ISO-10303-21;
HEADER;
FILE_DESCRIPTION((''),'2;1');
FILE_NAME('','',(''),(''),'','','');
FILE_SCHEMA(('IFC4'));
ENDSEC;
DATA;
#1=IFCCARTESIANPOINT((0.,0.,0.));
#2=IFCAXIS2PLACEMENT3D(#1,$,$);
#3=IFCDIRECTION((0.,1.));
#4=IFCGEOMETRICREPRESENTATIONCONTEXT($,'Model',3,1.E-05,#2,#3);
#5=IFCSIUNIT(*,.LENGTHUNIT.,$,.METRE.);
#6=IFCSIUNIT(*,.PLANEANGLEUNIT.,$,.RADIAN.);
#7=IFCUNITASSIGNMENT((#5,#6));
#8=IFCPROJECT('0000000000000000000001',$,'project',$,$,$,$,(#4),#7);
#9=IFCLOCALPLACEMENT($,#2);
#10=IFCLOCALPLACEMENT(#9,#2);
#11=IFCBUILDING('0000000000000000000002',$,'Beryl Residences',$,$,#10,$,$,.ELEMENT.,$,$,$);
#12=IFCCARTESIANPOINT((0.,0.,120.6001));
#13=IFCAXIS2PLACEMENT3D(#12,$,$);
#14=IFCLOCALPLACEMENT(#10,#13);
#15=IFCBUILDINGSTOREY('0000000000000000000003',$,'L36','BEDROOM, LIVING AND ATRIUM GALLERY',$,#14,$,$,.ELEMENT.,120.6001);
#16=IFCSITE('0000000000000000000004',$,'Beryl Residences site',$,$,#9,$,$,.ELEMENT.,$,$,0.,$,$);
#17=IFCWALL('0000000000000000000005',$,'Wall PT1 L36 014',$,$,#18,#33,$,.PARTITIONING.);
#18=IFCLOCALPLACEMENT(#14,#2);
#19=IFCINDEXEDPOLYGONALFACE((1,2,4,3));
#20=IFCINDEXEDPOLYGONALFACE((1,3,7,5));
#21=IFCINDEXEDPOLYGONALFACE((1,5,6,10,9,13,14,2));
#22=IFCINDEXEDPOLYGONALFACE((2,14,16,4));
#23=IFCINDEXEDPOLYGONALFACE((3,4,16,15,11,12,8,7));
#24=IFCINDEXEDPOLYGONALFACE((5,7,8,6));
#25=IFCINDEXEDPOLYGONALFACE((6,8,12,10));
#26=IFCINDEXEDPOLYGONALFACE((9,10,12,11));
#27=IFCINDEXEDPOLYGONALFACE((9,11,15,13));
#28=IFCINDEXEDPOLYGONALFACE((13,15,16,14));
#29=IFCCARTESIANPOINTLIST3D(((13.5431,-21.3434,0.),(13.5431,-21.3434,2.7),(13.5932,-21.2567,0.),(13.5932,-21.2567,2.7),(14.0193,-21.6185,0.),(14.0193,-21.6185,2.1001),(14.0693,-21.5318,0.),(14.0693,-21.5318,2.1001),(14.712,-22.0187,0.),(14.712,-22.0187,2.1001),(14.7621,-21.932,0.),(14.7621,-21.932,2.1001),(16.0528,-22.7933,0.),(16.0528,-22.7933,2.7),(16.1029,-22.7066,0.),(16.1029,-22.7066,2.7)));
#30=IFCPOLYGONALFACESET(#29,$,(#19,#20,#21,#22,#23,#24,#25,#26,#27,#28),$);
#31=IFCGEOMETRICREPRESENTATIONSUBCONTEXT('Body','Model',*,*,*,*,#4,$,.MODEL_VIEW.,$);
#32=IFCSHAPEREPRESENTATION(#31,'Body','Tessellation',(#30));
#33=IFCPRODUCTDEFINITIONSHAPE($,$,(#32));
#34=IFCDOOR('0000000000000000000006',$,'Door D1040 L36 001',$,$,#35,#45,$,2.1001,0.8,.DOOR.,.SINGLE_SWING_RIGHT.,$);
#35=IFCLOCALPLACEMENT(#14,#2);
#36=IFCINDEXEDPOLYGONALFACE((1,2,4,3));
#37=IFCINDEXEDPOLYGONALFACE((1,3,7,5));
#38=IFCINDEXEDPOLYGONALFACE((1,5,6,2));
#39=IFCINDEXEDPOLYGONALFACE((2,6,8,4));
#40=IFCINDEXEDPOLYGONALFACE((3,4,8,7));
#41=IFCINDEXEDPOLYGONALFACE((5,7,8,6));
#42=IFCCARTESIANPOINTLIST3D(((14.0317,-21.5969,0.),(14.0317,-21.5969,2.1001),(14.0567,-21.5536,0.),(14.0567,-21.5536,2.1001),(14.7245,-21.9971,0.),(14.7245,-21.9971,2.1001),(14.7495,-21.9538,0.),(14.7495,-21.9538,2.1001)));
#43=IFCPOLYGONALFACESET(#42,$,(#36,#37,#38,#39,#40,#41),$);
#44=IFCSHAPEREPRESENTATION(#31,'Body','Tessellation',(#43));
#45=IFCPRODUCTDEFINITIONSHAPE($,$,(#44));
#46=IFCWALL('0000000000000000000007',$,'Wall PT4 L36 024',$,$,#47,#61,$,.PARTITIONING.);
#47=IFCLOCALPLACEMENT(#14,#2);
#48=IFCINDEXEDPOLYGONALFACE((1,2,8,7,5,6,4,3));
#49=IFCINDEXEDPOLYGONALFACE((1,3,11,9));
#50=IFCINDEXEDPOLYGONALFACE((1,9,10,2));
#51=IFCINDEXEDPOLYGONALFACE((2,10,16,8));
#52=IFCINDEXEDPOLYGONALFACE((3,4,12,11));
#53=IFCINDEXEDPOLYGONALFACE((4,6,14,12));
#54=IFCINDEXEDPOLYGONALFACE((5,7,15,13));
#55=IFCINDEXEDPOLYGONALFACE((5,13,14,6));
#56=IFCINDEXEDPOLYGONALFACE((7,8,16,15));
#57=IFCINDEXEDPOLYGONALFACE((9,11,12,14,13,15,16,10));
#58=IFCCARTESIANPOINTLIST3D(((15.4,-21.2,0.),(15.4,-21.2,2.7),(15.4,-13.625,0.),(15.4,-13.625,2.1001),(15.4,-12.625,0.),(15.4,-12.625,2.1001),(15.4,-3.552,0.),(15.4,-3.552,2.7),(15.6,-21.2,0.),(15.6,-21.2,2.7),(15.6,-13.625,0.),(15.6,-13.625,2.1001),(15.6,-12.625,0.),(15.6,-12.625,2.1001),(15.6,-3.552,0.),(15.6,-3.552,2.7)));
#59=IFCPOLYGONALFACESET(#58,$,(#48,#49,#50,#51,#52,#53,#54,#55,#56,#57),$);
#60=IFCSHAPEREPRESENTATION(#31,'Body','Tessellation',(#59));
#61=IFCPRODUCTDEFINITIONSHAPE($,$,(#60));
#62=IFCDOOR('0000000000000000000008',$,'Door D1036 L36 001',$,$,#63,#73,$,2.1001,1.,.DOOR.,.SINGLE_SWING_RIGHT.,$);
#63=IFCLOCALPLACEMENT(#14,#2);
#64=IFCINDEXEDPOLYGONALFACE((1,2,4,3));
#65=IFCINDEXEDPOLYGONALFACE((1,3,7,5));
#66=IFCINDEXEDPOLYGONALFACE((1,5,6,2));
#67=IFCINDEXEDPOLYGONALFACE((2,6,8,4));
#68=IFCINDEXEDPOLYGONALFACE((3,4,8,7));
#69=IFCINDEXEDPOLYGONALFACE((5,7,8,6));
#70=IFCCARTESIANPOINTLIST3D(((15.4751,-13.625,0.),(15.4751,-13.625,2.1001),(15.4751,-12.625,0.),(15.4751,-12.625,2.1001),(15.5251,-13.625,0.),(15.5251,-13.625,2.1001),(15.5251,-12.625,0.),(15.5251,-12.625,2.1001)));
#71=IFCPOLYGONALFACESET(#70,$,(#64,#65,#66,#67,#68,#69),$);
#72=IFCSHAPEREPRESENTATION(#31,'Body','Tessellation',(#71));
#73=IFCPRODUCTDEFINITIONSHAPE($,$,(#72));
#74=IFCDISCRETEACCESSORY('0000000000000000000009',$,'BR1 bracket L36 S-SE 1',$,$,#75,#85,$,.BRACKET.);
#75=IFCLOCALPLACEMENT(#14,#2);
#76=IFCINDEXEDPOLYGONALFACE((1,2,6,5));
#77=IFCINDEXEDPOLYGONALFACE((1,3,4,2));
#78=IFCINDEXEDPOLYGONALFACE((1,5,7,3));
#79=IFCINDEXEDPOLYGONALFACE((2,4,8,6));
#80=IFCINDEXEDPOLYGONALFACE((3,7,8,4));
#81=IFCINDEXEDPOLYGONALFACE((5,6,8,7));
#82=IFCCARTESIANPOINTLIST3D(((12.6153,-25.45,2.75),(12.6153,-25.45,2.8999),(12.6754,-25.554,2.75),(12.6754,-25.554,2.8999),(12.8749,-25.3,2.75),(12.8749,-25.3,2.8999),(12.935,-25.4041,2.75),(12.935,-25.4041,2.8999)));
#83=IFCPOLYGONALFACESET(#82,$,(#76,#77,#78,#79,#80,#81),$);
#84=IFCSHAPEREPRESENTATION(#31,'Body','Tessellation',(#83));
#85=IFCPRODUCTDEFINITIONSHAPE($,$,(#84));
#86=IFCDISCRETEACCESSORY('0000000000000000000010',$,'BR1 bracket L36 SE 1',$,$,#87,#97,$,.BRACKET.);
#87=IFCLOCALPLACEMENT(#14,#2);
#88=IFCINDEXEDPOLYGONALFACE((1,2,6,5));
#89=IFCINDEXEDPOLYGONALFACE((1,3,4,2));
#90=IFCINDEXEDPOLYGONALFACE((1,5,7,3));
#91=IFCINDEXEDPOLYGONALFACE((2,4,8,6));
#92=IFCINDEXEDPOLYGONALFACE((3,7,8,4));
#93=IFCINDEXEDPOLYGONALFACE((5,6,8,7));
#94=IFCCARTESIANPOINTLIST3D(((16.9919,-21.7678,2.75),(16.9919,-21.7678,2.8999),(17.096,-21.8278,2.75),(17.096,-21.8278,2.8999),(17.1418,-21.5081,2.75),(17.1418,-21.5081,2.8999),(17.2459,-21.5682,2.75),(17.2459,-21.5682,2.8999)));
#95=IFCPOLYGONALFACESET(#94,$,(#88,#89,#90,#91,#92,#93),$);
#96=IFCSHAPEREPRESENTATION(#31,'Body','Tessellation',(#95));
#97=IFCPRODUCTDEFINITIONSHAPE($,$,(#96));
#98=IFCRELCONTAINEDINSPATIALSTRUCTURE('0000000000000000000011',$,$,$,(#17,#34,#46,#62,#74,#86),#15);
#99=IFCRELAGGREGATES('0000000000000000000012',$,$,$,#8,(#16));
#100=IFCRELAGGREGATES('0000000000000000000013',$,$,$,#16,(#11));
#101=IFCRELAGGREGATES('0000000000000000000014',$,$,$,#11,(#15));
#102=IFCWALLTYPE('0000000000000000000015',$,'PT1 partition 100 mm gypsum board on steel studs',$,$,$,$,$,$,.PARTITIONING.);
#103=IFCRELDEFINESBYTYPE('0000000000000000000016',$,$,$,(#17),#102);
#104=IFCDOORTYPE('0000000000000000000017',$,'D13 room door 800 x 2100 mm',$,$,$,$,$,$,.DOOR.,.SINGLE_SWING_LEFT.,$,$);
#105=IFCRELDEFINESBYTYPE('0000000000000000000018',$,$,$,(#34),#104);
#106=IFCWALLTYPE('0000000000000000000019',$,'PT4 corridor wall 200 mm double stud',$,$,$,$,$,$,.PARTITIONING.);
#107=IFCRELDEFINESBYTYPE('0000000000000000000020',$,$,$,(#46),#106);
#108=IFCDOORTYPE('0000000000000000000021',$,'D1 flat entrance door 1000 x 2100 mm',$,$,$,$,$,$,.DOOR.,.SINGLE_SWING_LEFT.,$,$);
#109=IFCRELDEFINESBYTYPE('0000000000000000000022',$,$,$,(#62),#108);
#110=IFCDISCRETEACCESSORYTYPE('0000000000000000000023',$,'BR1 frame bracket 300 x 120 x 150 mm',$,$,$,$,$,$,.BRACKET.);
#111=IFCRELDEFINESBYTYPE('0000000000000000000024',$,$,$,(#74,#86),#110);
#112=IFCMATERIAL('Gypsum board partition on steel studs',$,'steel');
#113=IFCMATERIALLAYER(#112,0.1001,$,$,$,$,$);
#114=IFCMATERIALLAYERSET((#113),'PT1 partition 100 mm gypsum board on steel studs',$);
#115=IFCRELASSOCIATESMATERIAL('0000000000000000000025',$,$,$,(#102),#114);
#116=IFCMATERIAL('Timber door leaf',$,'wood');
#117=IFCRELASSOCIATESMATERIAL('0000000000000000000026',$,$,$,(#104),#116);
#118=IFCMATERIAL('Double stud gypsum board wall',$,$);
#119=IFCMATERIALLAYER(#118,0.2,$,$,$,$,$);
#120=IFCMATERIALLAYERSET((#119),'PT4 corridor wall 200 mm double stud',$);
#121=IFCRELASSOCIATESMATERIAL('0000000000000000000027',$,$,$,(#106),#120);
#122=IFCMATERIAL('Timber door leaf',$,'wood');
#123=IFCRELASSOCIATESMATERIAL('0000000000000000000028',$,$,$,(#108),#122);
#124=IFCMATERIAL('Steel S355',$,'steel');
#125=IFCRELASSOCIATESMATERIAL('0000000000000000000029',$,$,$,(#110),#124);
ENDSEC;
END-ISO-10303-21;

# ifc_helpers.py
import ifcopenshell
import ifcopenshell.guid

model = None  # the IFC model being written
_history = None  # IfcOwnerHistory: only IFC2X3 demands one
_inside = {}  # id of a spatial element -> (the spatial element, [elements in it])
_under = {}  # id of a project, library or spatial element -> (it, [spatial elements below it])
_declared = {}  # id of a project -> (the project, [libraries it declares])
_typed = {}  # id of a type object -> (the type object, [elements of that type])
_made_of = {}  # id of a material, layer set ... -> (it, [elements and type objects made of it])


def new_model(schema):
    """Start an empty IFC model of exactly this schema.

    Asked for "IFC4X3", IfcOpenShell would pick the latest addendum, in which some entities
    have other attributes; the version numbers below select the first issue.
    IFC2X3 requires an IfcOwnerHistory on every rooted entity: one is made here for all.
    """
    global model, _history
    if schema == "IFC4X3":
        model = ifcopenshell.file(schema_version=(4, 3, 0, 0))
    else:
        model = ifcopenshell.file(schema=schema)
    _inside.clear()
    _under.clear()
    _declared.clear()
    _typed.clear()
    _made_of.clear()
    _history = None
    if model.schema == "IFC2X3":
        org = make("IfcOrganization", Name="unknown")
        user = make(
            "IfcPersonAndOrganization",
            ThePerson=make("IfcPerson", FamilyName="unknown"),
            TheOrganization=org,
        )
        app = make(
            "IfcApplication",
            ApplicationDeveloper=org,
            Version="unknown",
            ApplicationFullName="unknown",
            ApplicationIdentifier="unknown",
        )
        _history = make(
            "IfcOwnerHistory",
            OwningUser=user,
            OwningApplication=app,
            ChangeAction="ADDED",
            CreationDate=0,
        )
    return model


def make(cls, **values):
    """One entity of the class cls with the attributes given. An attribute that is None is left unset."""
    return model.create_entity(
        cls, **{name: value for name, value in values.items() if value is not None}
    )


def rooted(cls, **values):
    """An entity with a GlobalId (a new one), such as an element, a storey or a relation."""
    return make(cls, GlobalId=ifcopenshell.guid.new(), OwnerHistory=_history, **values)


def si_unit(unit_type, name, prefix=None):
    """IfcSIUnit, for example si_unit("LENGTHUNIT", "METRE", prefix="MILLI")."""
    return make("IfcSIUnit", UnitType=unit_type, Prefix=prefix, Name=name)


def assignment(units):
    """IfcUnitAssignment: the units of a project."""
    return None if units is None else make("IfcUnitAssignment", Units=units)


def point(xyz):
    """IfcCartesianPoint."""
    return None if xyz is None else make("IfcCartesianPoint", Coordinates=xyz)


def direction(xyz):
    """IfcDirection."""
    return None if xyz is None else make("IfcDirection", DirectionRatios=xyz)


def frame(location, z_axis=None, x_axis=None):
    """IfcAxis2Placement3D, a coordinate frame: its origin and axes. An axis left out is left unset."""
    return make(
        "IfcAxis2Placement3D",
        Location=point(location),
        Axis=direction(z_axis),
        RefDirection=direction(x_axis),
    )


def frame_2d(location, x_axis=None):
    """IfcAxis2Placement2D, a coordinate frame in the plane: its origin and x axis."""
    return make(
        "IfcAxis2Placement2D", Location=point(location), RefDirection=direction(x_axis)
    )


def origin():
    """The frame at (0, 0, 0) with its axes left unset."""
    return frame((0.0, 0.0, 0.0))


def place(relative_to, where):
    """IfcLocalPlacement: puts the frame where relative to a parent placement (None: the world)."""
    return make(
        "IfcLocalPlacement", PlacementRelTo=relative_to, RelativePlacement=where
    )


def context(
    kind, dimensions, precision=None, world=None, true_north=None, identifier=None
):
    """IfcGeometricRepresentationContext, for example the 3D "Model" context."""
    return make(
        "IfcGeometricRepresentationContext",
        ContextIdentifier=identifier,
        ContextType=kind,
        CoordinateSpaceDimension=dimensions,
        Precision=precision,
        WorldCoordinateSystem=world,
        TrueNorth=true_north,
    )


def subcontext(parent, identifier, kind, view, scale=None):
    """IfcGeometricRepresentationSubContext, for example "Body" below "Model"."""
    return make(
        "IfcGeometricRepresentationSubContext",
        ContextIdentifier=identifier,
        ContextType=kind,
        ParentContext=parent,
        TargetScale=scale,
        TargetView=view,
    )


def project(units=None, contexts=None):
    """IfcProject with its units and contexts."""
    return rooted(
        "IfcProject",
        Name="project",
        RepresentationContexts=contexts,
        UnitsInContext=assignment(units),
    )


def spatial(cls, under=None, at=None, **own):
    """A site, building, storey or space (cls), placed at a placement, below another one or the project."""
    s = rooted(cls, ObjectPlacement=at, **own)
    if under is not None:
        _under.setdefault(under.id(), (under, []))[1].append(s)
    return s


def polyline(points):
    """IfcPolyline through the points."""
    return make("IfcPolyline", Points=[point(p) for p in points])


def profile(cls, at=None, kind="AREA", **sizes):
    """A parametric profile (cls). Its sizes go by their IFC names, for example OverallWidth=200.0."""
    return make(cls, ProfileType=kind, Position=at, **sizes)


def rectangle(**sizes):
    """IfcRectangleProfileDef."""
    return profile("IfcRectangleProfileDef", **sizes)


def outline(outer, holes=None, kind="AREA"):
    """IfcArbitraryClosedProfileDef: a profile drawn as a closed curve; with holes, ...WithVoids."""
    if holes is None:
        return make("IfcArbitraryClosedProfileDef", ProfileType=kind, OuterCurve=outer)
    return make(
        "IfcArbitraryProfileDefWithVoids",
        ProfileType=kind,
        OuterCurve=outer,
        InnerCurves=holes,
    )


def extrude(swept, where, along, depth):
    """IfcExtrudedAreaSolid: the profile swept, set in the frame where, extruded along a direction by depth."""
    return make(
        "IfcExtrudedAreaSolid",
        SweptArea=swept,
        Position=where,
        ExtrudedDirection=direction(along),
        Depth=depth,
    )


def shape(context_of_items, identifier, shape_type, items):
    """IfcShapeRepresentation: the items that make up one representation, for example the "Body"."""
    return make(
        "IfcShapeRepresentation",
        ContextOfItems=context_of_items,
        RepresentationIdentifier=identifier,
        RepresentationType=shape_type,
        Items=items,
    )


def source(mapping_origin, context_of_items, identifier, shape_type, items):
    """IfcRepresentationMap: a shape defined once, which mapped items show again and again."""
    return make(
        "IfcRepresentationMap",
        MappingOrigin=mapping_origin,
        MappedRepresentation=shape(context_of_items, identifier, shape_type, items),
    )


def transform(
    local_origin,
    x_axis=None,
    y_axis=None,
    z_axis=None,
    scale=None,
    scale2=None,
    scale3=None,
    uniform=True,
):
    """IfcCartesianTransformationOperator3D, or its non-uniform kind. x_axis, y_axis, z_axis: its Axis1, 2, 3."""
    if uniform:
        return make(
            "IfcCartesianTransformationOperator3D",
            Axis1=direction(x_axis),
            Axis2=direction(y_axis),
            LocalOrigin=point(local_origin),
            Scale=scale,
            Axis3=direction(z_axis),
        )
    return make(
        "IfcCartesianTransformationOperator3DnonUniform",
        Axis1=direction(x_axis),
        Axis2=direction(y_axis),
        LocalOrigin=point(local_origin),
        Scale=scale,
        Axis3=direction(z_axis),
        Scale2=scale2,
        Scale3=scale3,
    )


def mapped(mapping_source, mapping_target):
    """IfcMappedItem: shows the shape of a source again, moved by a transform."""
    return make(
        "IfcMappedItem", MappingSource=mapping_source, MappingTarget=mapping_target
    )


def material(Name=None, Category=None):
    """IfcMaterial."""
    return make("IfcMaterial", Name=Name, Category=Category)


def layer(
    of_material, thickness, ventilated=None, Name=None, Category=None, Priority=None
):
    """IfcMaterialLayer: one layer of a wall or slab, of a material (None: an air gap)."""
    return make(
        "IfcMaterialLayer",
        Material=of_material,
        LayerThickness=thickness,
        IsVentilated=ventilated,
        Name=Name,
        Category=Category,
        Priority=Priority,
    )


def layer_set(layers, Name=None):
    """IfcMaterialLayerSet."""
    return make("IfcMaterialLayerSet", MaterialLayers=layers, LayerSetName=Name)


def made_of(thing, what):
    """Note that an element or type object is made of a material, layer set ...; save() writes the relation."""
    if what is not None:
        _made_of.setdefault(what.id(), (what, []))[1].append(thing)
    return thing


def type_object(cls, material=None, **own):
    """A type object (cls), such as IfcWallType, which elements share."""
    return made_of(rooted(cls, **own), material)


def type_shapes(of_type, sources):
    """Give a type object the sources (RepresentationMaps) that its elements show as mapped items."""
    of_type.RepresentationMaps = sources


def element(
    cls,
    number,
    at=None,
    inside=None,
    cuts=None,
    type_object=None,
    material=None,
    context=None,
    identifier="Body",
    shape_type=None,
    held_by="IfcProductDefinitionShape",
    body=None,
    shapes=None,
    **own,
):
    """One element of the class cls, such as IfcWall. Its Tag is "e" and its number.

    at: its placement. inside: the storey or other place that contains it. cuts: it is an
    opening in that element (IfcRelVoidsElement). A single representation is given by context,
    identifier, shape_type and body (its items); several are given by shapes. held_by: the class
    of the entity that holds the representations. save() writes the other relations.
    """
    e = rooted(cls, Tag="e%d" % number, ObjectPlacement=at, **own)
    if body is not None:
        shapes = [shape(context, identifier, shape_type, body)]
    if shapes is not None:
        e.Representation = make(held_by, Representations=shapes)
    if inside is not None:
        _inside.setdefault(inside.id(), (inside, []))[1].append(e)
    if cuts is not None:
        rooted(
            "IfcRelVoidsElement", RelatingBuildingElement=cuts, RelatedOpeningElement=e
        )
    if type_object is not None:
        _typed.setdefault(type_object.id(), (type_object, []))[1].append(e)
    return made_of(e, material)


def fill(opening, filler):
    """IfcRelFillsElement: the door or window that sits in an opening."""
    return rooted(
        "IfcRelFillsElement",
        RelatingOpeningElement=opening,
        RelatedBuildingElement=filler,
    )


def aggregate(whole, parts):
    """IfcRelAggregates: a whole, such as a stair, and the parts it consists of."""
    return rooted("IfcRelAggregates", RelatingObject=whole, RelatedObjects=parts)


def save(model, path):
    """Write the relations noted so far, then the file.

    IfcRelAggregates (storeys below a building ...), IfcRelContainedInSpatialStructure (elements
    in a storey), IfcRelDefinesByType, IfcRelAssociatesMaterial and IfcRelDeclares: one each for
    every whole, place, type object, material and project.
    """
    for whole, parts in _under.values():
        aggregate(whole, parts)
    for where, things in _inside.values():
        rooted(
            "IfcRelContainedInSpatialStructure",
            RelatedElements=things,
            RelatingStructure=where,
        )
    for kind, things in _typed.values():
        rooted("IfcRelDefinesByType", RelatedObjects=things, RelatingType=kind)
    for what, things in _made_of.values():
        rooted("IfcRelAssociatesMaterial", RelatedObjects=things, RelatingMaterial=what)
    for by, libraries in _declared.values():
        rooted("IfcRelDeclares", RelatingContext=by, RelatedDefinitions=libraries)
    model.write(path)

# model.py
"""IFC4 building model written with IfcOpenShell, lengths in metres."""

from ifc_helpers import new_model, si_unit, direction, frame, frame_2d, origin, place, context, subcontext, project, spatial, polyline, rectangle, outline, extrude, source, transform, mapped, material, layer, layer_set, type_object, type_shapes, element, fill, save


model = new_model("IFC4")

# Units and contexts
model_context = context("Model", 3, precision=1e-05, world=origin(), true_north=direction((0.0, 1.0)))
body_context = subcontext(model_context, "Body", "Model", "MODEL_VIEW")
ifc_project = project(units=[si_unit("LENGTHUNIT", "METRE"), si_unit("PLANEANGLEUNIT", "RADIAN")], contexts=[model_context])

# Site, building, storey
site_placement = place(None, origin())
site = spatial("IfcSite", under=ifc_project, at=site_placement, Name="Beryl Residences site", CompositionType="ELEMENT", RefElevation=0.0)
building_placement = place(site_placement, origin())
building = spatial("IfcBuilding", under=site, at=building_placement, Name="Beryl Residences", CompositionType="ELEMENT")
storey_placement = place(building_placement, frame((0.0, 0.0, 120.6001)))
storey = spatial("IfcBuildingStorey", under=building, at=storey_placement, Name="L36", Description="BEDROOM, LIVING AND ATRIUM GALLERY", CompositionType="ELEMENT", Elevation=120.6001)

# Walls, openings, doors
ifc_material_1 = material(Name="Gypsum board partition on steel studs", Category="steel")
ifc_layer_1 = layer(ifc_material_1, 0.1001)
ifc_layer_set_1 = layer_set([ifc_layer_1], Name="PT1 partition 100 mm gypsum board on steel studs")
wall_type_1 = type_object("IfcWallType", Name="PT1 partition 100 mm gypsum board on steel studs", PredefinedType="PARTITIONING", material=ifc_layer_set_1)
wall_1_placement = place(storey_placement, frame((13.5681, -21.3, 0.0), z_axis=(0.0, 0.0, 1.0), x_axis=(0.865885, -0.500243, 0.0)))
wall_1 = element("IfcWall", 1, at=wall_1_placement, inside=storey, type_object=wall_type_1, Name="Wall PT1 L36 014", PredefinedType="PARTITIONING", context=body_context, shape_type="SweptSolid", body=[
    extrude(rectangle(XDim=2.8984, YDim=0.1001, at=frame_2d((1.4492, 0.0))), origin(), (0.0, 0.0, 1.0), 2.7),
])
opening_1_placement = place(wall_1_placement, frame((0.55, 0.0, 0.0)))
opening_1 = element("IfcOpeningElement", 2, at=opening_1_placement, cuts=wall_1, PredefinedType="OPENING", context=body_context, shape_type="SweptSolid", body=[
    extrude(rectangle(XDim=0.8, YDim=2.1001, at=frame_2d((0.3999, 1.05))), frame((0.0, 0.0601, 0.0), z_axis=(0.0, -1.0, 0.0), x_axis=(1.0, 0.0, 0.0)), (0.0, 0.0, 1.0), 0.1201),
])
ifc_material_2 = material(Name="Timber door leaf", Category="wood")
door_type_1 = type_object("IfcDoorType", Name="D13 room door 800 x 2100 mm", OperationType="SINGLE_SWING_LEFT", PredefinedType="DOOR", material=ifc_material_2)
door_1_placement = place(opening_1_placement, origin())
door_1 = element("IfcDoor", 3, at=door_1_placement, inside=storey, type_object=door_type_1, Name="Door D1040 L36 001", OperationType="SINGLE_SWING_RIGHT", OverallHeight=2.1001, OverallWidth=0.8, PredefinedType="DOOR", context=body_context, shape_type="SweptSolid", body=[
    extrude(rectangle(XDim=0.8, YDim=2.1001, at=frame_2d((0.3999, 1.05))), frame((0.0, 0.0249, 0.0), z_axis=(0.0, -1.0, 0.0), x_axis=(1.0, 0.0, 0.0)), (0.0, 0.0, 1.0), 0.05),
])
fill(opening_1, door_1)
ifc_material_3 = material(Name="Double stud gypsum board wall")
ifc_layer_2 = layer(ifc_material_3, 0.2)
ifc_layer_set_2 = layer_set([ifc_layer_2], Name="PT4 corridor wall 200 mm double stud")
wall_type_2 = type_object("IfcWallType", Name="PT4 corridor wall 200 mm double stud", PredefinedType="PARTITIONING", material=ifc_layer_set_2)
wall_2_placement = place(storey_placement, frame((15.5, -21.2, 0.0), z_axis=(0.0, 0.0, 1.0), x_axis=(0.0, 1.0, 0.0)))
wall_2 = element("IfcWall", 4, at=wall_2_placement, inside=storey, type_object=wall_type_2, Name="Wall PT4 L36 024", PredefinedType="PARTITIONING", context=body_context, shape_type="SweptSolid", body=[
    extrude(rectangle(XDim=17.6479, YDim=0.2, at=frame_2d((8.824, 0.0))), origin(), (0.0, 0.0, 1.0), 2.7),
])
opening_2_placement = place(wall_2_placement, frame((7.575, 0.0, 0.0)))
opening_2 = element("IfcOpeningElement", 5, at=opening_2_placement, cuts=wall_2, PredefinedType="OPENING", context=body_context, shape_type="SweptSolid", body=[
    extrude(rectangle(XDim=1.0, YDim=2.1001, at=frame_2d((0.5, 1.05))), frame((0.0, 0.1099, 0.0), z_axis=(0.0, -1.0, 0.0), x_axis=(1.0, 0.0, 0.0)), (0.0, 0.0, 1.0), 0.22),
])
ifc_material_4 = material(Name="Timber door leaf", Category="wood")
door_type_2 = type_object("IfcDoorType", Name="D1 flat entrance door 1000 x 2100 mm", OperationType="SINGLE_SWING_LEFT", PredefinedType="DOOR", material=ifc_material_4)
door_2_placement = place(opening_2_placement, origin())
door_2 = element("IfcDoor", 6, at=door_2_placement, inside=storey, type_object=door_type_2, Name="Door D1036 L36 001", OperationType="SINGLE_SWING_RIGHT", OverallHeight=2.1001, OverallWidth=1.0, PredefinedType="DOOR", context=body_context, shape_type="SweptSolid", body=[
    extrude(rectangle(XDim=1.0, YDim=2.1001, at=frame_2d((0.5, 1.05))), frame((0.0, 0.0249, 0.0), z_axis=(0.0, -1.0, 0.0), x_axis=(1.0, 0.0, 0.0)), (0.0, 0.0, 1.0), 0.05),
])
fill(opening_2, door_2)

# Discrete accessories
ifc_material_5 = material(Name="Steel S355", Category="steel")
discrete_accessory_type = type_object("IfcDiscreteAccessoryType", Name="BR1 frame bracket 300 x 120 x 150 mm", PredefinedType="BRACKET", material=ifc_material_5)
shared_shape_1 = source(origin(), body_context, "Body", "SweptSolid", [
    extrude(outline(polyline([(-0.1499, 0.0), (0.1499, 0.0), (0.1499, 0.1201), (-0.1499, 0.1201), (-0.1499, 0.0)])), origin(), (0.0, 0.0, 1.0), 0.1499),
])
type_shapes(discrete_accessory_type, [shared_shape_1])
for number, where, z_axis, x_axis, name in (
    (7, (12.7451, -25.375, 2.75), (0.0, 0.0, 1.0), (-0.866025, -0.5, 0.0), "BR1 bracket L36 S-SE 1"),
    (8, (17.0669, -21.6379, 2.75), (0.0, 0.0, 1.0), (-0.5, -0.866025, 0.0), "BR1 bracket L36 SE 1"),
):
    element("IfcDiscreteAccessory", number, at=place(storey_placement, frame(where, z_axis=z_axis, x_axis=x_axis)), inside=storey, type_object=discrete_accessory_type, Name=name, PredefinedType="BRACKET", context=body_context, shape_type="MappedRepresentation", body=[
        mapped(shared_shape_1, transform((0.0, 0.0, 0.0))),
    ])

save(model, "model.ifc")
